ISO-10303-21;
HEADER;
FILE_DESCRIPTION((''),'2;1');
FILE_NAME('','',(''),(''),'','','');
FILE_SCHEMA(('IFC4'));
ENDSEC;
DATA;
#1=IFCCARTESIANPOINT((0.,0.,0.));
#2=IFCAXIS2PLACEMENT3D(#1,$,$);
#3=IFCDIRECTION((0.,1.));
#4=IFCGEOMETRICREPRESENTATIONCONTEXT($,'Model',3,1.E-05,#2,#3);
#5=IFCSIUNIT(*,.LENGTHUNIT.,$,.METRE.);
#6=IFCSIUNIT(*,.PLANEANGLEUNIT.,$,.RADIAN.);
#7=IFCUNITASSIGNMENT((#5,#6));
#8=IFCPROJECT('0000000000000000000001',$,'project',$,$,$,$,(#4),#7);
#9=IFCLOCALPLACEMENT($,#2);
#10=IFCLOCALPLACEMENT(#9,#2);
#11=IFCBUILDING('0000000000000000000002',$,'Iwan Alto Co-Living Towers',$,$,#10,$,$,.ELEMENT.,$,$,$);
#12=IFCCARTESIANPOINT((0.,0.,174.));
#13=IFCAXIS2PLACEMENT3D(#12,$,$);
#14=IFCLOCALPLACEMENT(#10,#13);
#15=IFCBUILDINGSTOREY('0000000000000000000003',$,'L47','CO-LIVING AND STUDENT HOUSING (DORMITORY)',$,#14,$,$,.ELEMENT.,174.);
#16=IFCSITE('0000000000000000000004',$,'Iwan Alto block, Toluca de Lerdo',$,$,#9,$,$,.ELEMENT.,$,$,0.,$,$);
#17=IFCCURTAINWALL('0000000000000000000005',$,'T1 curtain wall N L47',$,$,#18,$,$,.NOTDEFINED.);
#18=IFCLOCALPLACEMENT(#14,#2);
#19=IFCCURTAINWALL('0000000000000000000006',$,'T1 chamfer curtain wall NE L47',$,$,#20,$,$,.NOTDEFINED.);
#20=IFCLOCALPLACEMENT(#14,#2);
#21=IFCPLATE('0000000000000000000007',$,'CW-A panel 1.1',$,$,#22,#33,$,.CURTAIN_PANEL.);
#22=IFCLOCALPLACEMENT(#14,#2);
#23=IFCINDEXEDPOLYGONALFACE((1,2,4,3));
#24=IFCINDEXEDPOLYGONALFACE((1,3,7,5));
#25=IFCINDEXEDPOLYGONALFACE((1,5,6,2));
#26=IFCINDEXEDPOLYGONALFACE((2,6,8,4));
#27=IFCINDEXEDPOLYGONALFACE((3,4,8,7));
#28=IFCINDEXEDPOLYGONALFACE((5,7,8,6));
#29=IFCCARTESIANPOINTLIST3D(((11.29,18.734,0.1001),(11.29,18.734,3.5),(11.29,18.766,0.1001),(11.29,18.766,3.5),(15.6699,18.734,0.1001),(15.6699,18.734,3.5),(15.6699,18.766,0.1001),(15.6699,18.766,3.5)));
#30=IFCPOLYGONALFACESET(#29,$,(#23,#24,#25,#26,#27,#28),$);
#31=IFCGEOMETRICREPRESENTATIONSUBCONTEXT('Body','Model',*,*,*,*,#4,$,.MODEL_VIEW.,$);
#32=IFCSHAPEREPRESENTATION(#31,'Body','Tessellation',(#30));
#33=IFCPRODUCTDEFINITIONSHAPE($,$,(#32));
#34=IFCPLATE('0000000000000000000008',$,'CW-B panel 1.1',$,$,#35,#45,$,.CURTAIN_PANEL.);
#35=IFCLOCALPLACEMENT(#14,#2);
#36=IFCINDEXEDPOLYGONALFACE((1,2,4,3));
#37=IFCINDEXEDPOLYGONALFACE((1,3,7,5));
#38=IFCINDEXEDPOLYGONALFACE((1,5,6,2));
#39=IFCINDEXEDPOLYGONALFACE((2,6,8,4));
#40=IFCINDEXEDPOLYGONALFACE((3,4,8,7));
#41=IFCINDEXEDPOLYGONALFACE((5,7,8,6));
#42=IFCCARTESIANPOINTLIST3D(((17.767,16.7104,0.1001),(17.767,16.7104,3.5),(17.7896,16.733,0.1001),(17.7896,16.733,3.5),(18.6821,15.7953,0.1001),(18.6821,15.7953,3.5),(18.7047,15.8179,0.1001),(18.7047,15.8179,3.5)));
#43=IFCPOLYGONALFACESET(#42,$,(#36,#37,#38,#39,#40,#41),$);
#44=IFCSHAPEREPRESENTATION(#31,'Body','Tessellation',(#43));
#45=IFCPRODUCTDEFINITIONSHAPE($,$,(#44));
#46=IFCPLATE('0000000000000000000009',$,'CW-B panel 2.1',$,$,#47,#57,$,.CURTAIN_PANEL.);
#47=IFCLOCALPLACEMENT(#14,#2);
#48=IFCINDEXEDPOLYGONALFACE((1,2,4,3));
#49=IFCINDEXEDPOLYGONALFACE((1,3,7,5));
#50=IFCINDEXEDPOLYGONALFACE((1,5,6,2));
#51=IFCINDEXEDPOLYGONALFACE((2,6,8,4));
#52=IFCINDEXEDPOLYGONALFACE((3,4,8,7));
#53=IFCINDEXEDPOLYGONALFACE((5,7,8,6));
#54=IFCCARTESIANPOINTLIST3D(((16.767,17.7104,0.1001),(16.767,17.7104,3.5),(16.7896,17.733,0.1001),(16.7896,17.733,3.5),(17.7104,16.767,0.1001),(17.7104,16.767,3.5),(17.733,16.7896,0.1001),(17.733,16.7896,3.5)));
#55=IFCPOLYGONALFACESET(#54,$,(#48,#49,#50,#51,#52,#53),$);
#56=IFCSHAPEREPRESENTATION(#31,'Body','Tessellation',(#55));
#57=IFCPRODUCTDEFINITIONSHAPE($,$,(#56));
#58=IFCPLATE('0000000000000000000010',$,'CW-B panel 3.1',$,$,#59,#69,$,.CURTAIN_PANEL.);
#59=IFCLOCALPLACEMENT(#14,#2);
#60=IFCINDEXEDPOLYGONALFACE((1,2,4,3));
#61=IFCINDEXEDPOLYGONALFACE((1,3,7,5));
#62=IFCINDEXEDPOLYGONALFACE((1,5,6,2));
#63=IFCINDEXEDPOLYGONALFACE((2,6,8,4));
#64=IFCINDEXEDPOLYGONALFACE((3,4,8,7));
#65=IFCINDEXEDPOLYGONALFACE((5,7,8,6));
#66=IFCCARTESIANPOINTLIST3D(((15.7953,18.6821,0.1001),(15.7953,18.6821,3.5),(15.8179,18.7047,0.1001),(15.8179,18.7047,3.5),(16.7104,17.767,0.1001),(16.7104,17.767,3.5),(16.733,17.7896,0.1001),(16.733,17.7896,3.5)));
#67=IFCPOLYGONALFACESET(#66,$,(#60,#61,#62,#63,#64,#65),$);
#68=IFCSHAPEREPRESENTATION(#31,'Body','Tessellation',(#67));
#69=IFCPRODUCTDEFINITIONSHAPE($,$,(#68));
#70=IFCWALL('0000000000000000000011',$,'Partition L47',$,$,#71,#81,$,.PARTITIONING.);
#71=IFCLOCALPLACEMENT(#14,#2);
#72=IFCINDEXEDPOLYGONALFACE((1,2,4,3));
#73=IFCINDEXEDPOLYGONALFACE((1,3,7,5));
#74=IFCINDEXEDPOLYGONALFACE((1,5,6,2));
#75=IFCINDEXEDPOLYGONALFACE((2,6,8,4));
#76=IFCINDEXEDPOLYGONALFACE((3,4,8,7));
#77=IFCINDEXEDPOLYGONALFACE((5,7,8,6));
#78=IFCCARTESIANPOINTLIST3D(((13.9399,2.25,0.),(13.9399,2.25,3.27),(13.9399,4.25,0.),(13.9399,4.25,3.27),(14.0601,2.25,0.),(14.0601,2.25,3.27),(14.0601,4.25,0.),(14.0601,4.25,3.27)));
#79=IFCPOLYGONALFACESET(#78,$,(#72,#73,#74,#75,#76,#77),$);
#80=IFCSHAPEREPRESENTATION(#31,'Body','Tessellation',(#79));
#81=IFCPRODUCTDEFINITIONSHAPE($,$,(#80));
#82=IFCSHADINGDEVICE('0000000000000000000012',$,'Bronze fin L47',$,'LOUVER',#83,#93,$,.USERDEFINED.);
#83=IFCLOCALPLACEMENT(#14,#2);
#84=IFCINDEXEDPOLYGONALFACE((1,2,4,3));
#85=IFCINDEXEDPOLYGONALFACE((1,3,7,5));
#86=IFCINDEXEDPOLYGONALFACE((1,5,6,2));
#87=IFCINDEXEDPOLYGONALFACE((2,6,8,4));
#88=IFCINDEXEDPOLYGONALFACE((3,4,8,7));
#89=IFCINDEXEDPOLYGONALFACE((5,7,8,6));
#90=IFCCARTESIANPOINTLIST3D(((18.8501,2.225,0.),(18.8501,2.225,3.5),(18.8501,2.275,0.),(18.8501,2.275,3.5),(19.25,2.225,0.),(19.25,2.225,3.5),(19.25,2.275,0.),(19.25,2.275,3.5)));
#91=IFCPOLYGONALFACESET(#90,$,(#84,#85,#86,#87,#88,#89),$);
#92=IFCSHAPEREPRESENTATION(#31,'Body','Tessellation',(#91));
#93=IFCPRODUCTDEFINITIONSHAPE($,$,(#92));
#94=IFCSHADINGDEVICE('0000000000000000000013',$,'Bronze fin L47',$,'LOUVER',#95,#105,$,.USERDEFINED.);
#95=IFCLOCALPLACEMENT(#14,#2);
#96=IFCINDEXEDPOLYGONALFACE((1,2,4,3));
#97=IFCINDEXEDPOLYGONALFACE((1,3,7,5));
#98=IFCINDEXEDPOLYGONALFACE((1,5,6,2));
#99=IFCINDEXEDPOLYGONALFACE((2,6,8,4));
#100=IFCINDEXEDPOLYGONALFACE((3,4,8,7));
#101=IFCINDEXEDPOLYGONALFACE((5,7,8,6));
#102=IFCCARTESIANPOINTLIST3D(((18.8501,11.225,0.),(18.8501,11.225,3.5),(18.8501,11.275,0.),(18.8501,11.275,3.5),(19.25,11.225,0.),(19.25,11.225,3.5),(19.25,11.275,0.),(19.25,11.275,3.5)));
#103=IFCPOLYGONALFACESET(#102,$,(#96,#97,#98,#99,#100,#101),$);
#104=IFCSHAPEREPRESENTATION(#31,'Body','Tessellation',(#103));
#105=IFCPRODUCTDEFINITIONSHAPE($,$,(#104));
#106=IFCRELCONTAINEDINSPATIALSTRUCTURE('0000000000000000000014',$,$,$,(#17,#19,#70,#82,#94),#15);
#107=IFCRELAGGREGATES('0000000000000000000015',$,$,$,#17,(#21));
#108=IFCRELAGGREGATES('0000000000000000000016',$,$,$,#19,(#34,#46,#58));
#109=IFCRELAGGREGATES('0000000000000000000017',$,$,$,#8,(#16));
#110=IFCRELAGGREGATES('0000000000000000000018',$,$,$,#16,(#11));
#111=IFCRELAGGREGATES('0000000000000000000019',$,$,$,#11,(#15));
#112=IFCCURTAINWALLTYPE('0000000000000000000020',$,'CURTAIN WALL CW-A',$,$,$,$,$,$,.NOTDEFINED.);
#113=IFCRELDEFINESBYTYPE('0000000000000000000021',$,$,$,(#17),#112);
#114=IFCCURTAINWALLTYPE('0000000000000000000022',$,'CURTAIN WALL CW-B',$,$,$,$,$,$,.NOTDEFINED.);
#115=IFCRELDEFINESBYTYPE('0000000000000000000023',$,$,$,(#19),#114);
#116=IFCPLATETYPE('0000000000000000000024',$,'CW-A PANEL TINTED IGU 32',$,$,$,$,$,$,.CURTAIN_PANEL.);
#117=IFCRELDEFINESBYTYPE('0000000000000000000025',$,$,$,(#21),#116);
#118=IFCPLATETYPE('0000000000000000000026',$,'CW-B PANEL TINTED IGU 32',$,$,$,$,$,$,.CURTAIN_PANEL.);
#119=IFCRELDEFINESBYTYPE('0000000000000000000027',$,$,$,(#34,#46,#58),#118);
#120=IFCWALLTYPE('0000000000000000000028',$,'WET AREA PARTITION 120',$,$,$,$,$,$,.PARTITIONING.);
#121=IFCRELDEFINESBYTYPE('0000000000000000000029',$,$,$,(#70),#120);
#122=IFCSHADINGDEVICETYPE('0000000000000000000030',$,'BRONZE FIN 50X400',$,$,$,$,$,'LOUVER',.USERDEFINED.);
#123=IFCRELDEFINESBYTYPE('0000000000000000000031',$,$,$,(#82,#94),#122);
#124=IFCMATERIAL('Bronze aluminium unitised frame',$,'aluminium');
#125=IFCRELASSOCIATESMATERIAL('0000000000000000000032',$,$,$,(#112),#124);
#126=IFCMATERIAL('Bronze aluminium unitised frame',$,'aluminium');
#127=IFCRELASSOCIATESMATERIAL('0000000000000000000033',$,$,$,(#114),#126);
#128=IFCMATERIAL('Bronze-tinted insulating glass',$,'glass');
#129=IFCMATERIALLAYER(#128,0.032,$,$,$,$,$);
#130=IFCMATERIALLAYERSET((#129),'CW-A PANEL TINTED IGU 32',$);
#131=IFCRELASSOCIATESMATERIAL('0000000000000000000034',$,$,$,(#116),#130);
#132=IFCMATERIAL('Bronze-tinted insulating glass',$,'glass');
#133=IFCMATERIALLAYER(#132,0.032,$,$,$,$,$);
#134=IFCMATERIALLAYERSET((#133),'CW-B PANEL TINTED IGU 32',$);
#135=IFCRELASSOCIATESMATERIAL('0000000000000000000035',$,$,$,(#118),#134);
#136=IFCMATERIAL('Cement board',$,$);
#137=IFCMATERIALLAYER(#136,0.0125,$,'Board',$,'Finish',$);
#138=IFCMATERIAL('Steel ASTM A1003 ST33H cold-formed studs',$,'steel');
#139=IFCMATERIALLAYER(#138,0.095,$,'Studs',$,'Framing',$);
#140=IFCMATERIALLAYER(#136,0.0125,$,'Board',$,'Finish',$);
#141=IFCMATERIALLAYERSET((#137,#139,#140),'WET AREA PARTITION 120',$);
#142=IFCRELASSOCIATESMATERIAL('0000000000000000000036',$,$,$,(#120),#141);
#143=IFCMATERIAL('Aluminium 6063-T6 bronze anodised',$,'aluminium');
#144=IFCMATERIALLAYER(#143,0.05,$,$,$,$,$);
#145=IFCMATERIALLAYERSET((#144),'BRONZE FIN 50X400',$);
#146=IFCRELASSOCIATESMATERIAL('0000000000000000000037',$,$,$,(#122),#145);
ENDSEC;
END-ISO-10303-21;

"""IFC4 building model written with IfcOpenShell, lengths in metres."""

from ifc_helpers import new_model, si_unit, direction, frame, frame_2d, origin, origin_2d, place, context, subcontext, project, spatial, rectangle, extrude, material, layer, layer_set, type_object, element, aggregate, save


model = new_model("IFC4")

# Units and contexts
model_context = context("Model", 3, precision=1e-05, world=origin(), true_north=direction((0.0, 1.0)))
body_context = subcontext(model_context, "Body", "Model", "MODEL_VIEW")
ifc_project = project(units=[si_unit("LENGTHUNIT", "METRE"), si_unit("PLANEANGLEUNIT", "RADIAN")], contexts=[model_context])

# Site, building, storey
site_placement = place(None, origin())
site = spatial("IfcSite", under=ifc_project, at=site_placement, Name="Iwan Alto block, Toluca de Lerdo", CompositionType="ELEMENT", RefElevation=0.0)
building_placement = place(site_placement, origin())
building = spatial("IfcBuilding", under=site, at=building_placement, Name="Iwan Alto Co-Living Towers", CompositionType="ELEMENT")
storey_placement = place(building_placement, frame((0.0, 0.0, 174.0)))
storey = spatial("IfcBuildingStorey", under=building, at=storey_placement, Name="L47", Description="CO-LIVING AND STUDENT HOUSING (DORMITORY)", CompositionType="ELEMENT", Elevation=174.0)

# Shared definitions
ifc_material_1 = material(Name="Bronze aluminium unitised frame", Category="aluminium")
curtain_wall_type_1 = type_object("IfcCurtainWallType", Name="CURTAIN WALL CW-A", PredefinedType="NOTDEFINED", material=ifc_material_1)

# Curtain wall
curtain_wall_1_placement = place(storey_placement, origin())
curtain_wall_1 = element("IfcCurtainWall", 1, at=curtain_wall_1_placement, inside=storey, type_object=curtain_wall_type_1, Name="T1 curtain wall N L47", PredefinedType="NOTDEFINED")

# Curtain wall
ifc_material_2 = material(Name="Bronze aluminium unitised frame", Category="aluminium")
curtain_wall_type_2 = type_object("IfcCurtainWallType", Name="CURTAIN WALL CW-B", PredefinedType="NOTDEFINED", material=ifc_material_2)
curtain_wall_2_placement = place(storey_placement, origin())
curtain_wall_2 = element("IfcCurtainWall", 2, at=curtain_wall_2_placement, inside=storey, type_object=curtain_wall_type_2, Name="T1 chamfer curtain wall NE L47", PredefinedType="NOTDEFINED")

# Plates
ifc_material_3 = material(Name="Bronze-tinted insulating glass", Category="glass")
ifc_layer_1 = layer(ifc_material_3, 0.032)
ifc_layer_set_1 = layer_set([ifc_layer_1], Name="CW-A PANEL TINTED IGU 32")
plate_type_1 = type_object("IfcPlateType", Name="CW-A PANEL TINTED IGU 32", PredefinedType="CURTAIN_PANEL", material=ifc_layer_set_1)
plate_1_placement = place(storey_placement, frame((13.48, 18.75, 0.1001), z_axis=(0.0, 0.0, 1.0), x_axis=(-1.0, 0.0, 0.0)))
plate_1 = element("IfcPlate", 3, at=plate_1_placement, type_object=plate_type_1, Name="CW-A panel 1.1", PredefinedType="CURTAIN_PANEL", context=body_context, shape_type="SweptSolid", body=[
    extrude(rectangle(XDim=4.3799, YDim=0.032, at=origin_2d()), origin(), (0.0, 0.0, 1.0), 3.3999),
])
aggregate(curtain_wall_1, [plate_1])
ifc_material_4 = material(Name="Bronze-tinted insulating glass", Category="glass")
ifc_layer_2 = layer(ifc_material_4, 0.032)
ifc_layer_set_2 = layer_set([ifc_layer_2], Name="CW-B PANEL TINTED IGU 32")
plate_type_2 = type_object("IfcPlateType", Name="CW-B PANEL TINTED IGU 32", PredefinedType="CURTAIN_PANEL", material=ifc_layer_set_2)
plate_2_placement = place(storey_placement, frame((18.2358, 16.2642, 0.1001), z_axis=(0.0, 0.0, 1.0), x_axis=(-0.707107, 0.707107, 0.0)))
plate_2 = element("IfcPlate", 4, at=plate_2_placement, type_object=plate_type_2, Name="CW-B panel 1.1", PredefinedType="CURTAIN_PANEL", context=body_context, shape_type="SweptSolid", body=[
    extrude(rectangle(XDim=1.2942, YDim=0.032, at=origin_2d()), origin(), (0.0, 0.0, 1.0), 3.3999),
])
plate_3_placement = place(storey_placement, frame((17.25, 17.25, 0.1001), z_axis=(0.0, 0.0, 1.0), x_axis=(-0.707107, 0.707107, 0.0)))
plate_3 = element("IfcPlate", 5, at=plate_3_placement, type_object=plate_type_2, Name="CW-B panel 2.1", PredefinedType="CURTAIN_PANEL", context=body_context, shape_type="SweptSolid", body=[
    extrude(rectangle(XDim=1.3342, YDim=0.032, at=origin_2d()), origin(), (0.0, 0.0, 1.0), 3.3999),
])
plate_4_placement = place(storey_placement, frame((16.2642, 18.2358, 0.1001), z_axis=(0.0, 0.0, 1.0), x_axis=(-0.707107, 0.707107, 0.0)))
plate_4 = element("IfcPlate", 6, at=plate_4_placement, type_object=plate_type_2, Name="CW-B panel 3.1", PredefinedType="CURTAIN_PANEL", context=body_context, shape_type="SweptSolid", body=[
    extrude(rectangle(XDim=1.2942, YDim=0.032, at=origin_2d()), origin(), (0.0, 0.0, 1.0), 3.3999),
])
aggregate(curtain_wall_2, [plate_2, plate_3, plate_4])

# Wall
ifc_material_5 = material(Name="Cement board")
ifc_layer_3 = layer(ifc_material_5, 0.0125, Name="Board", Category="Finish")
ifc_material_6 = material(Name="Steel ASTM A1003 ST33H cold-formed studs", Category="steel")
ifc_layer_4 = layer(ifc_material_6, 0.095, Name="Studs", Category="Framing")
ifc_layer_5 = layer(ifc_material_5, 0.0125, Name="Board", Category="Finish")
ifc_layer_set_3 = layer_set([ifc_layer_3, ifc_layer_4, ifc_layer_5], Name="WET AREA PARTITION 120")
wall_type = type_object("IfcWallType", Name="WET AREA PARTITION 120", PredefinedType="PARTITIONING", material=ifc_layer_set_3)
wall_placement = place(storey_placement, frame((14.0, 2.25, 0.0), z_axis=(0.0, 0.0, 1.0), x_axis=(0.0, 1.0, 0.0)))
element("IfcWall", 7, at=wall_placement, inside=storey, type_object=wall_type, Name="Partition L47", PredefinedType="PARTITIONING", context=body_context, shape_type="SweptSolid", body=[
    extrude(rectangle(XDim=2.0, YDim=0.1201, at=frame_2d((1.0, 0.0))), origin(), (0.0, 0.0, 1.0), 3.27),
])

# Shading devices
ifc_material_7 = material(Name="Aluminium 6063-T6 bronze anodised", Category="aluminium")
ifc_layer_6 = layer(ifc_material_7, 0.05)
ifc_layer_set_4 = layer_set([ifc_layer_6], Name="BRONZE FIN 50X400")
shading_device_type = type_object("IfcShadingDeviceType", Name="BRONZE FIN 50X400", ElementType="LOUVER", PredefinedType="USERDEFINED", material=ifc_layer_set_4)
for number, where, z_axis, x_axis, name in (
    (8, (19.05, 2.25, 0.0), (0.0, 0.0, 1.0), (0.0, 1.0, 0.0), "Bronze fin L47"),
    (9, (19.05, 11.25, 0.0), (0.0, 0.0, 1.0), (0.0, 1.0, 0.0), "Bronze fin L47"),
):
    element("IfcShadingDevice", number, at=place(storey_placement, frame(where, z_axis=z_axis, x_axis=x_axis)), inside=storey, type_object=shading_device_type, Name=name, ObjectType="LOUVER", PredefinedType="USERDEFINED", context=body_context, shape_type="SweptSolid", body=[
        extrude(rectangle(XDim=0.05, YDim=0.3999, at=origin_2d()), origin(), (0.0, 0.0, 1.0), 3.5),
    ])

save(model, "model.ifc")
